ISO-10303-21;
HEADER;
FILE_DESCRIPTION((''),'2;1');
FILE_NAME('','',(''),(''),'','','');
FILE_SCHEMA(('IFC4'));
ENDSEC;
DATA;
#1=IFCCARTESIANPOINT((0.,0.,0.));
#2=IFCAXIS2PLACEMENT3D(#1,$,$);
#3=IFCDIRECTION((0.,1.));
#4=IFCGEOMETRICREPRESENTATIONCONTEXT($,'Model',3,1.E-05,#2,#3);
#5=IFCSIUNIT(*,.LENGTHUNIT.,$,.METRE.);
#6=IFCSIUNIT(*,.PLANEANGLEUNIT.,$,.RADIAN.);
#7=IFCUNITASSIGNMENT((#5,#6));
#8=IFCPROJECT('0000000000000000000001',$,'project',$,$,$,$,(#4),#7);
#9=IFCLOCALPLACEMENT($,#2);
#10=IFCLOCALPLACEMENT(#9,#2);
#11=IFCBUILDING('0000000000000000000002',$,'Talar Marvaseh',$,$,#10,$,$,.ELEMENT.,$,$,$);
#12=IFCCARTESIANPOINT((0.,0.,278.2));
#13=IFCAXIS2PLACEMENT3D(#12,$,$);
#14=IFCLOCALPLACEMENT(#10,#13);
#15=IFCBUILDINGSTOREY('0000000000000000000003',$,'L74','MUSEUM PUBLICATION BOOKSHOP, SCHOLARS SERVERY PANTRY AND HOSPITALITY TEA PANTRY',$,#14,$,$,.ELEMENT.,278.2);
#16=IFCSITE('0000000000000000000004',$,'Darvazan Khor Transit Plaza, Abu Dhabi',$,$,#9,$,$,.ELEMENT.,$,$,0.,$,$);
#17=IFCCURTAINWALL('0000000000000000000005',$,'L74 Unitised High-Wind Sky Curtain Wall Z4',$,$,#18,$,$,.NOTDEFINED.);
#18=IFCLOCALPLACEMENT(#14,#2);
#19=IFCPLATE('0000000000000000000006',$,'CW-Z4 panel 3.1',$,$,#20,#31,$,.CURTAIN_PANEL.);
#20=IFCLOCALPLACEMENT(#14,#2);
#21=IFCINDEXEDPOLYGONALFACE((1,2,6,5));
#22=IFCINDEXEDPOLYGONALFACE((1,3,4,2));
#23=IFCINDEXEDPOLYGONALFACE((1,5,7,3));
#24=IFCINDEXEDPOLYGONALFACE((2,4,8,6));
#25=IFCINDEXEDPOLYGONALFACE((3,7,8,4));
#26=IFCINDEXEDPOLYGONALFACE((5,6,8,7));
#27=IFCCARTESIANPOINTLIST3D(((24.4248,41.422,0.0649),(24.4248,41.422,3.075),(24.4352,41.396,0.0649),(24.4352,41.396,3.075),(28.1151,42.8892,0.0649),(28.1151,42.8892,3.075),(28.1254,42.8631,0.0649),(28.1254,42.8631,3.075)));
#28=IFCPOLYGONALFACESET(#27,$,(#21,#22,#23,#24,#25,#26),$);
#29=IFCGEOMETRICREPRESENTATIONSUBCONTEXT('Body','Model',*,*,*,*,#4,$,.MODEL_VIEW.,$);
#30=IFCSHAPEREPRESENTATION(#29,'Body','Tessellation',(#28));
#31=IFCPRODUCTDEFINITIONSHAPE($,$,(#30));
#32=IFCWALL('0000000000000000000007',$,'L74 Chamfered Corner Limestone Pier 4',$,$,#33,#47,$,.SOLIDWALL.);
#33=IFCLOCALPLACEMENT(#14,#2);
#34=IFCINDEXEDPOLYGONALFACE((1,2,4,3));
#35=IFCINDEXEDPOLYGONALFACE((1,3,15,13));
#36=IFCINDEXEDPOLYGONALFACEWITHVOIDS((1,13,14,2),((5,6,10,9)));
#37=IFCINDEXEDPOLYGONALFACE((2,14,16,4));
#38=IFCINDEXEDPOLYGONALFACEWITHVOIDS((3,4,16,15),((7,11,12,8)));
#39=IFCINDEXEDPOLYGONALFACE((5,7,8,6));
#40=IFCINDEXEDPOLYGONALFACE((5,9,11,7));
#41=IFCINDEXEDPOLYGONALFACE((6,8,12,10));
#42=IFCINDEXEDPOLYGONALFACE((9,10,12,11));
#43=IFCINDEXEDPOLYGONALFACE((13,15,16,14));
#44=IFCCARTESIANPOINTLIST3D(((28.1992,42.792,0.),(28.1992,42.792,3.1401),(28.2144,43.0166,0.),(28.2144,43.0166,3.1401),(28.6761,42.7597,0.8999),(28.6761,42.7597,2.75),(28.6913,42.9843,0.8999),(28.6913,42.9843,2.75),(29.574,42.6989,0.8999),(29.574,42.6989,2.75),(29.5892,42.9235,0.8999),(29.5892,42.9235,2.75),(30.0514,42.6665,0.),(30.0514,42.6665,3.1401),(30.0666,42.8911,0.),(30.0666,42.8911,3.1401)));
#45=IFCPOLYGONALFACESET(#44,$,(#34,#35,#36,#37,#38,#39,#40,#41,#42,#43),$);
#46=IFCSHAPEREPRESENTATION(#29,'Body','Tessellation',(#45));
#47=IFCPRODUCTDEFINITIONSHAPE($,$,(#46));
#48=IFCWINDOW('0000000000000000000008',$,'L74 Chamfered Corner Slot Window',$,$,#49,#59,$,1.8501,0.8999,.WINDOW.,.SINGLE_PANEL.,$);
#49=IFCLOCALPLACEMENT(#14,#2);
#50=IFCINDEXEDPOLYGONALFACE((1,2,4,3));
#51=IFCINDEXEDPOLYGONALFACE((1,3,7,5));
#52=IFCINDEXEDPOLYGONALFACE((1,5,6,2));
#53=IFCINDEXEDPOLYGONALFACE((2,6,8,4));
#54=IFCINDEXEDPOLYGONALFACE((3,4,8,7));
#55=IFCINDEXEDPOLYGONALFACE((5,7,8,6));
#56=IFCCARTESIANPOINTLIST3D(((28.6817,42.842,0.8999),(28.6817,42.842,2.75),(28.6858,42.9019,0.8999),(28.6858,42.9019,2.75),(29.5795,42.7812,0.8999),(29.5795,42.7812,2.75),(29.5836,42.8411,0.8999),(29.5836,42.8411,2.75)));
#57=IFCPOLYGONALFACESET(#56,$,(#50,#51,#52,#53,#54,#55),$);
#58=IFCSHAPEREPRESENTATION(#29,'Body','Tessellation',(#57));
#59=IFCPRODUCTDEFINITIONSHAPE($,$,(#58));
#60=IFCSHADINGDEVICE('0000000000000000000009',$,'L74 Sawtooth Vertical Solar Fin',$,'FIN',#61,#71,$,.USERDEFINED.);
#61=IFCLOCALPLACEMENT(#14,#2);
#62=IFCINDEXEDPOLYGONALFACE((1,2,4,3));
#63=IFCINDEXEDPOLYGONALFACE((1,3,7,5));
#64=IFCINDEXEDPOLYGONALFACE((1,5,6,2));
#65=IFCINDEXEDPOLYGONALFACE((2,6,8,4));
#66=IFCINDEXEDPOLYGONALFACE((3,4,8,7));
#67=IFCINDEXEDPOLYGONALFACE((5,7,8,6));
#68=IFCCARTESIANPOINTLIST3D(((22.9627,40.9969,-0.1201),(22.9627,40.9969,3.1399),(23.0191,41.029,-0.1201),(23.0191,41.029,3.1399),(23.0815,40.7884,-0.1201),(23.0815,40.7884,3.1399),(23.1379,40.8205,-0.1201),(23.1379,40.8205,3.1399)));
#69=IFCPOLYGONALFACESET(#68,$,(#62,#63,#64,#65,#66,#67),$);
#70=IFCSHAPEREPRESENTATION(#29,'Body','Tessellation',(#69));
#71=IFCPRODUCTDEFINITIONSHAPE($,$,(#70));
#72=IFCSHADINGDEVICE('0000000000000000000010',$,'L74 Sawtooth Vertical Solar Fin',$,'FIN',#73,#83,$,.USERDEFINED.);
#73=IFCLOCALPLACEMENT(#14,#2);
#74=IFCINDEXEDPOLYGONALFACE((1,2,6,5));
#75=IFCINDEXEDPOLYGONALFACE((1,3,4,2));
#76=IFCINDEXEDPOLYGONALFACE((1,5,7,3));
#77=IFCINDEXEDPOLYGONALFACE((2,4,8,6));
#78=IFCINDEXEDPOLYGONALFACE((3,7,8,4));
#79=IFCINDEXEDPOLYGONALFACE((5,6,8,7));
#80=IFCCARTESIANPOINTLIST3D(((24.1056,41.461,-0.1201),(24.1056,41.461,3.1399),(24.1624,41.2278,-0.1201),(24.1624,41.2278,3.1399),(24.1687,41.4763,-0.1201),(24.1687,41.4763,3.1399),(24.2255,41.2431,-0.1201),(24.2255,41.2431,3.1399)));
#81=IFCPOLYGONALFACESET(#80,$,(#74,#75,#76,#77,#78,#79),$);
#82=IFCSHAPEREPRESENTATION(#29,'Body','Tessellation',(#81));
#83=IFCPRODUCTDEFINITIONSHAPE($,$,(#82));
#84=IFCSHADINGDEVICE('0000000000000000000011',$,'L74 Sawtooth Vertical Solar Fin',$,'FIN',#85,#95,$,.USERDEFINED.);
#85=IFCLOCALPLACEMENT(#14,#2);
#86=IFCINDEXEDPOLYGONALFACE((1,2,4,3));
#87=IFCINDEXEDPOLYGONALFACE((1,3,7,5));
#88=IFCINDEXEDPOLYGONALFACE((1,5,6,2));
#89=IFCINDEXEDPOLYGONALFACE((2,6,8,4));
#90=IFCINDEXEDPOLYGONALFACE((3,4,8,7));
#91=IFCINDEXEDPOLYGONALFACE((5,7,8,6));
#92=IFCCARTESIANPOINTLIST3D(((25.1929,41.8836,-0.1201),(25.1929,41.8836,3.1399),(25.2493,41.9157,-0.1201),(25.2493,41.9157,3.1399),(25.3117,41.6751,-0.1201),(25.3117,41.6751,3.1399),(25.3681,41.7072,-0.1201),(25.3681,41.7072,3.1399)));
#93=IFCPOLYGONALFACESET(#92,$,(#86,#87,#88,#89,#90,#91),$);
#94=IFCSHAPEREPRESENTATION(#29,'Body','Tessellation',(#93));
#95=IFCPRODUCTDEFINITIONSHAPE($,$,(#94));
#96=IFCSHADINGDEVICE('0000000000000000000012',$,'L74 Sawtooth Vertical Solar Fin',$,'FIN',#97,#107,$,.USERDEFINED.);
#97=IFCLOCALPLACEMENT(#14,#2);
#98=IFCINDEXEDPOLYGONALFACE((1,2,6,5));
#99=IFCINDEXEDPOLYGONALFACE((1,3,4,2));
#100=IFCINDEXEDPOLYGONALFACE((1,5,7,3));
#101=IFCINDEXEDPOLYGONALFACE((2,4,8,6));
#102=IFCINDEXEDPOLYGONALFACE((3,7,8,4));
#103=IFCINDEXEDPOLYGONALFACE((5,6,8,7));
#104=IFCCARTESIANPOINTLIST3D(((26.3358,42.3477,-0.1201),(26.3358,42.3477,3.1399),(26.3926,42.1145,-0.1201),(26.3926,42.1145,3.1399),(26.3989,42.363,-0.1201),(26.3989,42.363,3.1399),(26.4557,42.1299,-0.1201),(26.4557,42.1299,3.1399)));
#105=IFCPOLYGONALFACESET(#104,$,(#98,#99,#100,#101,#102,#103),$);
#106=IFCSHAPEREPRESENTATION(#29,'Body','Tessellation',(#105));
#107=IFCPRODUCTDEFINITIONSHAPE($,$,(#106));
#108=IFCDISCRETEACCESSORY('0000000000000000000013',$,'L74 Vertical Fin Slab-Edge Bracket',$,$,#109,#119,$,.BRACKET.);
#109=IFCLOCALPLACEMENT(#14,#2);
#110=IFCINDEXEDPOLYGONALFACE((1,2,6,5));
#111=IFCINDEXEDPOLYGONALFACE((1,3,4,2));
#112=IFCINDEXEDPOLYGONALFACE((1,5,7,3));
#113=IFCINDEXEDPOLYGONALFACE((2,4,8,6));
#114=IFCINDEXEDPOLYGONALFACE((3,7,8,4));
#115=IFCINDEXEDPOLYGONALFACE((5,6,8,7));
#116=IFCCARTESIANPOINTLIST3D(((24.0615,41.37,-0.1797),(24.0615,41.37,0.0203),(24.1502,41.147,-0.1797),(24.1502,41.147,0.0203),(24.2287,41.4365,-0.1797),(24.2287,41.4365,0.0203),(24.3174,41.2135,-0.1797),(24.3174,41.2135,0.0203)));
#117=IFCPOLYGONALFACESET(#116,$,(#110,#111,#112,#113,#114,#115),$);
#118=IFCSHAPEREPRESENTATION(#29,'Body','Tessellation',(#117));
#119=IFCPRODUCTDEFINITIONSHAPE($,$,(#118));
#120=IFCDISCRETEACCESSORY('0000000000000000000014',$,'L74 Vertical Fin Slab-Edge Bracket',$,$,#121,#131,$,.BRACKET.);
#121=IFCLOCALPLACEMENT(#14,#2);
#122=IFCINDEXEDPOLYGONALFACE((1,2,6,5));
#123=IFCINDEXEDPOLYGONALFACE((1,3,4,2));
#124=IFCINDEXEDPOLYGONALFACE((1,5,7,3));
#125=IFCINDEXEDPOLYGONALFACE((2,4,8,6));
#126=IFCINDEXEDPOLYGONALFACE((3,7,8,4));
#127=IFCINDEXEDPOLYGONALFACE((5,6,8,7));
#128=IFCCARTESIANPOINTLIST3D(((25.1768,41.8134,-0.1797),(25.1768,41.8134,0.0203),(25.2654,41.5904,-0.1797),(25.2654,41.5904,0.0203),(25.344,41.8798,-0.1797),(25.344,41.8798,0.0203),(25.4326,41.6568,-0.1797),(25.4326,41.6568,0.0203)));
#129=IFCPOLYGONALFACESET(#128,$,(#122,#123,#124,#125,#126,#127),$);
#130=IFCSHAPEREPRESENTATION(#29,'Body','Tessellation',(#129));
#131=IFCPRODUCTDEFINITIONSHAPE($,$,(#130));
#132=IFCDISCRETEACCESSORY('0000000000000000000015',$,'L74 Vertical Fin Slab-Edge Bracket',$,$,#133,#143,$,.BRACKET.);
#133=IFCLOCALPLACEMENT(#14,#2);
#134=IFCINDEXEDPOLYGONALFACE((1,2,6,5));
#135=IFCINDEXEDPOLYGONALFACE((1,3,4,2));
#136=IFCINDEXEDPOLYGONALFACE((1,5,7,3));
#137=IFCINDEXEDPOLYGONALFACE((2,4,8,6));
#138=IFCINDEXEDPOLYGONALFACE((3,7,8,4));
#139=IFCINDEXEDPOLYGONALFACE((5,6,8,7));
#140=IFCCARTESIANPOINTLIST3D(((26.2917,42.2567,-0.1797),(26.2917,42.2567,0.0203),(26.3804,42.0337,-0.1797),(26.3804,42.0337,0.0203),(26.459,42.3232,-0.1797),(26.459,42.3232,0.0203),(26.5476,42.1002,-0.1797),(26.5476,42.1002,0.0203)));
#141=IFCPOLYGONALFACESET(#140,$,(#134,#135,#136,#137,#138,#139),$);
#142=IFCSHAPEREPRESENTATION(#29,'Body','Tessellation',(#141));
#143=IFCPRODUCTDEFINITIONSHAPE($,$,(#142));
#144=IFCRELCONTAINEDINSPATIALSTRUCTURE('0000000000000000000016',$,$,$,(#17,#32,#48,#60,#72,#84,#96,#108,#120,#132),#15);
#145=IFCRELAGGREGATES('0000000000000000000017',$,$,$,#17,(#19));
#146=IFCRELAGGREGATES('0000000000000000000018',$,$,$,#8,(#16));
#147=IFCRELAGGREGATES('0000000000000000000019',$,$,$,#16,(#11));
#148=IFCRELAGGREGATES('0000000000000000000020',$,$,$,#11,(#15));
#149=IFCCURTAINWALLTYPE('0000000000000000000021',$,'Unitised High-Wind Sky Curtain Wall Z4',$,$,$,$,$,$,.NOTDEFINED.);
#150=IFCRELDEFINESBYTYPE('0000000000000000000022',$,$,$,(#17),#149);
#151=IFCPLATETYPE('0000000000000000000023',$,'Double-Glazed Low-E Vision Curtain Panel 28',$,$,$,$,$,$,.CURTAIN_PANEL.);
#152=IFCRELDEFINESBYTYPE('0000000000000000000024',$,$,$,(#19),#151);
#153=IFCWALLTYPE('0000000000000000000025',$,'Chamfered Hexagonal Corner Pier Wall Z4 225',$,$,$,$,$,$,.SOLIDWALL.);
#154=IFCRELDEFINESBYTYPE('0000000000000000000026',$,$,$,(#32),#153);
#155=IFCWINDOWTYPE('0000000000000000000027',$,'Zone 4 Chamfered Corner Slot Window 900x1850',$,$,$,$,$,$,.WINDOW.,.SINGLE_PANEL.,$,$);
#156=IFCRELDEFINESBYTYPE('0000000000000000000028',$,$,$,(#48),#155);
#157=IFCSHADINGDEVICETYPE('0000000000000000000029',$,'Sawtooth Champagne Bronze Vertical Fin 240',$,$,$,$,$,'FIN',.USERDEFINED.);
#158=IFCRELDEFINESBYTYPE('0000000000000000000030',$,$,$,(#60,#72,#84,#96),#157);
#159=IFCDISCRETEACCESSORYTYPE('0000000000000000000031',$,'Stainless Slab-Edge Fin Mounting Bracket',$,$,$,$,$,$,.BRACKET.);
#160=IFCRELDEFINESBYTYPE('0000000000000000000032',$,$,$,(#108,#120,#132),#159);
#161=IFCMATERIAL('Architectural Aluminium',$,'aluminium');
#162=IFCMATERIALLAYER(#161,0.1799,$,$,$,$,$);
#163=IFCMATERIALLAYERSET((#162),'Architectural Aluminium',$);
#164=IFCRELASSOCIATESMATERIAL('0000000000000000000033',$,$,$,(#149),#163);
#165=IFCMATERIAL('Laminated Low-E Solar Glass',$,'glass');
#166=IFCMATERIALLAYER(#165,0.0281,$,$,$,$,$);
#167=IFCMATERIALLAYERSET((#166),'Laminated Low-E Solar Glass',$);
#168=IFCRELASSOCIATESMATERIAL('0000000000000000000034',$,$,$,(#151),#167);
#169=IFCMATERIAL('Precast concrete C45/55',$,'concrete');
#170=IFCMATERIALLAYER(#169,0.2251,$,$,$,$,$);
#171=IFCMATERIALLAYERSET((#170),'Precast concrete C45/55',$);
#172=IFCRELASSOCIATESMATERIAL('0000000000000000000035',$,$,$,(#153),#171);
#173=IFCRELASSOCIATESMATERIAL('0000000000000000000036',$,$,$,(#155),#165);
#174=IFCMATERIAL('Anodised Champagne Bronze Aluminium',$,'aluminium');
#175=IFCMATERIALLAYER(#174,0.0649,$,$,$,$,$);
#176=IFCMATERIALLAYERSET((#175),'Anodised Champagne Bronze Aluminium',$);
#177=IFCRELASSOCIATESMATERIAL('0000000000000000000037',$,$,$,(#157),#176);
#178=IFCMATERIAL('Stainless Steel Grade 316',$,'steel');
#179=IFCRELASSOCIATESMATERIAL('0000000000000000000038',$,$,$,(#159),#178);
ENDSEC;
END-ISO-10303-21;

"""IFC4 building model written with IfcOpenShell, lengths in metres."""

from ifc_helpers import new_model, si_unit, direction, frame, frame_2d, origin, origin_2d, place, context, subcontext, project, spatial, rectangle, extrude, source, transform, mapped, material, layer, layer_set, type_object, type_shapes, element, fill, aggregate, save


model = new_model("IFC4")

# Units and contexts
model_context = context("Model", 3, precision=1e-05, world=origin(), true_north=direction((0.0, 1.0)))
body_context = subcontext(model_context, "Body", "Model", "MODEL_VIEW")
ifc_project = project(units=[si_unit("LENGTHUNIT", "METRE"), si_unit("PLANEANGLEUNIT", "RADIAN")], contexts=[model_context])

# Site, building, storey
site_placement = place(None, origin())
site = spatial("IfcSite", under=ifc_project, at=site_placement, Name="Darvazan Khor Transit Plaza, Abu Dhabi", CompositionType="ELEMENT", RefElevation=0.0)
building_placement = place(site_placement, origin())
building = spatial("IfcBuilding", under=site, at=building_placement, Name="Talar Marvaseh", CompositionType="ELEMENT")
storey_placement = place(building_placement, frame((0.0, 0.0, 278.2)))
storey = spatial("IfcBuildingStorey", under=building, at=storey_placement, Name="L74", Description="MUSEUM PUBLICATION BOOKSHOP, SCHOLARS SERVERY PANTRY AND HOSPITALITY TEA PANTRY", CompositionType="ELEMENT", Elevation=278.2)

# Curtain wall
ifc_material_1 = material(Name="Architectural Aluminium", Category="aluminium")
ifc_layer_1 = layer(ifc_material_1, 0.1799)
ifc_layer_set_1 = layer_set([ifc_layer_1], Name="Architectural Aluminium")
curtain_wall_type = type_object("IfcCurtainWallType", Name="Unitised High-Wind Sky Curtain Wall Z4", PredefinedType="NOTDEFINED", material=ifc_layer_set_1)
curtain_wall_1_placement = place(storey_placement, origin())
curtain_wall_1 = element("IfcCurtainWall", 1, at=curtain_wall_1_placement, inside=storey, type_object=curtain_wall_type, Name="L74 Unitised High-Wind Sky Curtain Wall Z4", PredefinedType="NOTDEFINED")

# Plate
ifc_material_2 = material(Name="Laminated Low-E Solar Glass", Category="glass")
ifc_layer_2 = layer(ifc_material_2, 0.0281)
ifc_layer_set_2 = layer_set([ifc_layer_2], Name="Laminated Low-E Solar Glass")
plate_type = type_object("IfcPlateType", Name="Double-Glazed Low-E Vision Curtain Panel 28", PredefinedType="CURTAIN_PANEL", material=ifc_layer_set_2)
shared_shape_1 = source(origin(), body_context, "Body", "SweptSolid", [
    extrude(rectangle(XDim=3.9712, YDim=0.0281, at=origin_2d()), origin(), (0.0, 0.0, 1.0), 3.01),
])
type_shapes(plate_type, [shared_shape_1])
plate_placement = place(storey_placement, frame((26.2751, 42.1426, 0.0649), z_axis=(0.0, 0.0, 1.0), x_axis=(0.92925, 0.36945, 0.0)))
plate = element("IfcPlate", 2, at=plate_placement, type_object=plate_type, Name="CW-Z4 panel 3.1", PredefinedType="CURTAIN_PANEL", context=body_context, shape_type="MappedRepresentation", body=[
    mapped(shared_shape_1, transform((0.0, 0.0, 0.0), x_axis=(1.0, 0.0, 0.0), y_axis=(0.0, 1.0, 0.0), z_axis=(0.0, 0.0, 1.0), scale=1.0)),
])
aggregate(curtain_wall_1, [plate])

# Wall, opening, window
ifc_material_3 = material(Name="Precast concrete C45/55", Category="concrete")
ifc_layer_3 = layer(ifc_material_3, 0.2251)
ifc_layer_set_3 = layer_set([ifc_layer_3], Name="Precast concrete C45/55")
wall_type = type_object("IfcWallType", Name="Chamfered Hexagonal Corner Pier Wall Z4 225", PredefinedType="SOLIDWALL", material=ifc_layer_set_3)
wall_placement = place(storey_placement, frame((28.2068, 42.9043, 0.0), z_axis=(0.0, 0.0, 1.0), x_axis=(0.997713, -0.067593, 0.0)))
wall = element("IfcWall", 3, at=wall_placement, inside=storey, type_object=wall_type, Name="L74 Chamfered Corner Limestone Pier 4", PredefinedType="SOLIDWALL", context=body_context, shape_type="SweptSolid", body=[
    extrude(rectangle(XDim=1.8564, YDim=0.2251, at=frame_2d((0.9282, 0.0))), origin(), (0.0, 0.0, 1.0), 3.1401),
])
opening_placement = place(wall_placement, frame((0.478, 0.0, 0.8999)))
opening = element("IfcOpeningElement", 4, at=opening_placement, cuts=wall, PredefinedType="OPENING", context=body_context, shape_type="SweptSolid", body=[
    extrude(rectangle(XDim=0.8999, YDim=1.8501, at=frame_2d((0.45, 0.925))), frame((0.0, 0.1226, 0.0), z_axis=(0.0, -1.0, 0.0), x_axis=(1.0, 0.0, 0.0)), (0.0, 0.0, 1.0), 0.2451),
])
window_type = type_object("IfcWindowType", Name="Zone 4 Chamfered Corner Slot Window 900x1850", PartitioningType="SINGLE_PANEL", PredefinedType="WINDOW", material=ifc_material_2)
shared_shape_2 = source(origin(), body_context, "Body", "SweptSolid", [
    extrude(rectangle(XDim=0.8999, YDim=1.8501, at=frame_2d((0.45, 0.925))), frame((0.0, 0.03, 0.0), z_axis=(0.0, -1.0, 0.0), x_axis=(1.0, 0.0, 0.0)), (0.0, 0.0, 1.0), 0.0601),
])
type_shapes(window_type, [shared_shape_2])
window_placement = place(opening_placement, origin())
window = element("IfcWindow", 5, at=window_placement, inside=storey, type_object=window_type, Name="L74 Chamfered Corner Slot Window", OverallHeight=1.8501, OverallWidth=0.8999, PartitioningType="SINGLE_PANEL", PredefinedType="WINDOW", context=body_context, shape_type="MappedRepresentation", body=[
    mapped(shared_shape_2, transform((0.0, 0.0, 0.0), x_axis=(1.0, 0.0, 0.0), y_axis=(0.0, 1.0, 0.0), z_axis=(0.0, 0.0, 1.0), scale=1.0)),
])
fill(opening, window)

# Shading devices
ifc_material_4 = material(Name="Anodised Champagne Bronze Aluminium", Category="aluminium")
ifc_layer_4 = layer(ifc_material_4, 0.0649)
ifc_layer_set_4 = layer_set([ifc_layer_4], Name="Anodised Champagne Bronze Aluminium")
shading_device_type = type_object("IfcShadingDeviceType", Name="Sawtooth Champagne Bronze Vertical Fin 240", ElementType="FIN", PredefinedType="USERDEFINED", material=ifc_layer_set_4)
shared_shape_3 = source(origin(), body_context, "Body", "SweptSolid", [
    extrude(rectangle(XDim=0.24, YDim=0.0649, at=origin_2d()), origin(), (0.0, 0.0, 1.0), 3.26),
])
type_shapes(shading_device_type, [shared_shape_3])
for number, where, z_axis, x_axis, name in (
    (6, (23.0503, 40.9087, -0.1201), (0.0, 0.0, 1.0), (-0.495155, 0.868804, 0.0), "L74 Sawtooth Vertical Solar Fin"),
    (7, (24.1655, 41.3521, -0.1201), (0.0, 0.0, 1.0), (-0.236499, 0.971632, 0.0), "L74 Sawtooth Vertical Solar Fin"),
    (8, (25.2805, 41.7954, -0.1201), (0.0, 0.0, 1.0), (-0.495155, 0.868804, 0.0), "L74 Sawtooth Vertical Solar Fin"),
    (9, (26.3958, 42.2388, -0.1201), (0.0, 0.0, 1.0), (-0.236499, 0.971632, 0.0), "L74 Sawtooth Vertical Solar Fin"),
):
    element("IfcShadingDevice", number, at=place(storey_placement, frame(where, z_axis=z_axis, x_axis=x_axis)), inside=storey, type_object=shading_device_type, Name=name, ObjectType="FIN", PredefinedType="USERDEFINED", context=body_context, shape_type="MappedRepresentation", body=[
        mapped(shared_shape_3, transform((0.0, 0.0, 0.0), x_axis=(1.0, 0.0, 0.0), y_axis=(0.0, 1.0, 0.0), z_axis=(0.0, 0.0, 1.0), scale=1.0)),
    ])

# Discrete accessories
ifc_material_5 = material(Name="Stainless Steel Grade 316", Category="steel")
discrete_accessory_type = type_object("IfcDiscreteAccessoryType", Name="Stainless Slab-Edge Fin Mounting Bracket", PredefinedType="BRACKET", material=ifc_material_5)
shared_shape_4 = source(origin(), body_context, "Body", "SweptSolid", [
    extrude(rectangle(XDim=0.24, YDim=0.1799, at=origin_2d()), origin(), (0.0, 0.0, 1.0), 0.2),
])
type_shapes(discrete_accessory_type, [shared_shape_4])
for number, where, z_axis, x_axis, name in (
    (10, (24.1895, 41.2917, -0.1797), (0.0, 0.0, 1.0), (-0.369422, 0.929262, 0.0), "L74 Vertical Fin Slab-Edge Bracket"),
    (11, (25.3047, 41.7351, -0.1797), (0.0, 0.0, 1.0), (-0.369422, 0.929262, 0.0), "L74 Vertical Fin Slab-Edge Bracket"),
    (12, (26.4197, 42.1785, -0.1797), (0.0, 0.0, 1.0), (-0.369422, 0.929262, 0.0), "L74 Vertical Fin Slab-Edge Bracket"),
):
    element("IfcDiscreteAccessory", number, at=place(storey_placement, frame(where, z_axis=z_axis, x_axis=x_axis)), inside=storey, type_object=discrete_accessory_type, Name=name, PredefinedType="BRACKET", context=body_context, shape_type="MappedRepresentation", body=[
        mapped(shared_shape_4, transform((0.0, 0.0, 0.0), x_axis=(1.0, 0.0, 0.0), y_axis=(0.0, 1.0, 0.0), z_axis=(0.0, 0.0, 1.0), scale=1.0)),
    ])

save(model, "model.ifc")
